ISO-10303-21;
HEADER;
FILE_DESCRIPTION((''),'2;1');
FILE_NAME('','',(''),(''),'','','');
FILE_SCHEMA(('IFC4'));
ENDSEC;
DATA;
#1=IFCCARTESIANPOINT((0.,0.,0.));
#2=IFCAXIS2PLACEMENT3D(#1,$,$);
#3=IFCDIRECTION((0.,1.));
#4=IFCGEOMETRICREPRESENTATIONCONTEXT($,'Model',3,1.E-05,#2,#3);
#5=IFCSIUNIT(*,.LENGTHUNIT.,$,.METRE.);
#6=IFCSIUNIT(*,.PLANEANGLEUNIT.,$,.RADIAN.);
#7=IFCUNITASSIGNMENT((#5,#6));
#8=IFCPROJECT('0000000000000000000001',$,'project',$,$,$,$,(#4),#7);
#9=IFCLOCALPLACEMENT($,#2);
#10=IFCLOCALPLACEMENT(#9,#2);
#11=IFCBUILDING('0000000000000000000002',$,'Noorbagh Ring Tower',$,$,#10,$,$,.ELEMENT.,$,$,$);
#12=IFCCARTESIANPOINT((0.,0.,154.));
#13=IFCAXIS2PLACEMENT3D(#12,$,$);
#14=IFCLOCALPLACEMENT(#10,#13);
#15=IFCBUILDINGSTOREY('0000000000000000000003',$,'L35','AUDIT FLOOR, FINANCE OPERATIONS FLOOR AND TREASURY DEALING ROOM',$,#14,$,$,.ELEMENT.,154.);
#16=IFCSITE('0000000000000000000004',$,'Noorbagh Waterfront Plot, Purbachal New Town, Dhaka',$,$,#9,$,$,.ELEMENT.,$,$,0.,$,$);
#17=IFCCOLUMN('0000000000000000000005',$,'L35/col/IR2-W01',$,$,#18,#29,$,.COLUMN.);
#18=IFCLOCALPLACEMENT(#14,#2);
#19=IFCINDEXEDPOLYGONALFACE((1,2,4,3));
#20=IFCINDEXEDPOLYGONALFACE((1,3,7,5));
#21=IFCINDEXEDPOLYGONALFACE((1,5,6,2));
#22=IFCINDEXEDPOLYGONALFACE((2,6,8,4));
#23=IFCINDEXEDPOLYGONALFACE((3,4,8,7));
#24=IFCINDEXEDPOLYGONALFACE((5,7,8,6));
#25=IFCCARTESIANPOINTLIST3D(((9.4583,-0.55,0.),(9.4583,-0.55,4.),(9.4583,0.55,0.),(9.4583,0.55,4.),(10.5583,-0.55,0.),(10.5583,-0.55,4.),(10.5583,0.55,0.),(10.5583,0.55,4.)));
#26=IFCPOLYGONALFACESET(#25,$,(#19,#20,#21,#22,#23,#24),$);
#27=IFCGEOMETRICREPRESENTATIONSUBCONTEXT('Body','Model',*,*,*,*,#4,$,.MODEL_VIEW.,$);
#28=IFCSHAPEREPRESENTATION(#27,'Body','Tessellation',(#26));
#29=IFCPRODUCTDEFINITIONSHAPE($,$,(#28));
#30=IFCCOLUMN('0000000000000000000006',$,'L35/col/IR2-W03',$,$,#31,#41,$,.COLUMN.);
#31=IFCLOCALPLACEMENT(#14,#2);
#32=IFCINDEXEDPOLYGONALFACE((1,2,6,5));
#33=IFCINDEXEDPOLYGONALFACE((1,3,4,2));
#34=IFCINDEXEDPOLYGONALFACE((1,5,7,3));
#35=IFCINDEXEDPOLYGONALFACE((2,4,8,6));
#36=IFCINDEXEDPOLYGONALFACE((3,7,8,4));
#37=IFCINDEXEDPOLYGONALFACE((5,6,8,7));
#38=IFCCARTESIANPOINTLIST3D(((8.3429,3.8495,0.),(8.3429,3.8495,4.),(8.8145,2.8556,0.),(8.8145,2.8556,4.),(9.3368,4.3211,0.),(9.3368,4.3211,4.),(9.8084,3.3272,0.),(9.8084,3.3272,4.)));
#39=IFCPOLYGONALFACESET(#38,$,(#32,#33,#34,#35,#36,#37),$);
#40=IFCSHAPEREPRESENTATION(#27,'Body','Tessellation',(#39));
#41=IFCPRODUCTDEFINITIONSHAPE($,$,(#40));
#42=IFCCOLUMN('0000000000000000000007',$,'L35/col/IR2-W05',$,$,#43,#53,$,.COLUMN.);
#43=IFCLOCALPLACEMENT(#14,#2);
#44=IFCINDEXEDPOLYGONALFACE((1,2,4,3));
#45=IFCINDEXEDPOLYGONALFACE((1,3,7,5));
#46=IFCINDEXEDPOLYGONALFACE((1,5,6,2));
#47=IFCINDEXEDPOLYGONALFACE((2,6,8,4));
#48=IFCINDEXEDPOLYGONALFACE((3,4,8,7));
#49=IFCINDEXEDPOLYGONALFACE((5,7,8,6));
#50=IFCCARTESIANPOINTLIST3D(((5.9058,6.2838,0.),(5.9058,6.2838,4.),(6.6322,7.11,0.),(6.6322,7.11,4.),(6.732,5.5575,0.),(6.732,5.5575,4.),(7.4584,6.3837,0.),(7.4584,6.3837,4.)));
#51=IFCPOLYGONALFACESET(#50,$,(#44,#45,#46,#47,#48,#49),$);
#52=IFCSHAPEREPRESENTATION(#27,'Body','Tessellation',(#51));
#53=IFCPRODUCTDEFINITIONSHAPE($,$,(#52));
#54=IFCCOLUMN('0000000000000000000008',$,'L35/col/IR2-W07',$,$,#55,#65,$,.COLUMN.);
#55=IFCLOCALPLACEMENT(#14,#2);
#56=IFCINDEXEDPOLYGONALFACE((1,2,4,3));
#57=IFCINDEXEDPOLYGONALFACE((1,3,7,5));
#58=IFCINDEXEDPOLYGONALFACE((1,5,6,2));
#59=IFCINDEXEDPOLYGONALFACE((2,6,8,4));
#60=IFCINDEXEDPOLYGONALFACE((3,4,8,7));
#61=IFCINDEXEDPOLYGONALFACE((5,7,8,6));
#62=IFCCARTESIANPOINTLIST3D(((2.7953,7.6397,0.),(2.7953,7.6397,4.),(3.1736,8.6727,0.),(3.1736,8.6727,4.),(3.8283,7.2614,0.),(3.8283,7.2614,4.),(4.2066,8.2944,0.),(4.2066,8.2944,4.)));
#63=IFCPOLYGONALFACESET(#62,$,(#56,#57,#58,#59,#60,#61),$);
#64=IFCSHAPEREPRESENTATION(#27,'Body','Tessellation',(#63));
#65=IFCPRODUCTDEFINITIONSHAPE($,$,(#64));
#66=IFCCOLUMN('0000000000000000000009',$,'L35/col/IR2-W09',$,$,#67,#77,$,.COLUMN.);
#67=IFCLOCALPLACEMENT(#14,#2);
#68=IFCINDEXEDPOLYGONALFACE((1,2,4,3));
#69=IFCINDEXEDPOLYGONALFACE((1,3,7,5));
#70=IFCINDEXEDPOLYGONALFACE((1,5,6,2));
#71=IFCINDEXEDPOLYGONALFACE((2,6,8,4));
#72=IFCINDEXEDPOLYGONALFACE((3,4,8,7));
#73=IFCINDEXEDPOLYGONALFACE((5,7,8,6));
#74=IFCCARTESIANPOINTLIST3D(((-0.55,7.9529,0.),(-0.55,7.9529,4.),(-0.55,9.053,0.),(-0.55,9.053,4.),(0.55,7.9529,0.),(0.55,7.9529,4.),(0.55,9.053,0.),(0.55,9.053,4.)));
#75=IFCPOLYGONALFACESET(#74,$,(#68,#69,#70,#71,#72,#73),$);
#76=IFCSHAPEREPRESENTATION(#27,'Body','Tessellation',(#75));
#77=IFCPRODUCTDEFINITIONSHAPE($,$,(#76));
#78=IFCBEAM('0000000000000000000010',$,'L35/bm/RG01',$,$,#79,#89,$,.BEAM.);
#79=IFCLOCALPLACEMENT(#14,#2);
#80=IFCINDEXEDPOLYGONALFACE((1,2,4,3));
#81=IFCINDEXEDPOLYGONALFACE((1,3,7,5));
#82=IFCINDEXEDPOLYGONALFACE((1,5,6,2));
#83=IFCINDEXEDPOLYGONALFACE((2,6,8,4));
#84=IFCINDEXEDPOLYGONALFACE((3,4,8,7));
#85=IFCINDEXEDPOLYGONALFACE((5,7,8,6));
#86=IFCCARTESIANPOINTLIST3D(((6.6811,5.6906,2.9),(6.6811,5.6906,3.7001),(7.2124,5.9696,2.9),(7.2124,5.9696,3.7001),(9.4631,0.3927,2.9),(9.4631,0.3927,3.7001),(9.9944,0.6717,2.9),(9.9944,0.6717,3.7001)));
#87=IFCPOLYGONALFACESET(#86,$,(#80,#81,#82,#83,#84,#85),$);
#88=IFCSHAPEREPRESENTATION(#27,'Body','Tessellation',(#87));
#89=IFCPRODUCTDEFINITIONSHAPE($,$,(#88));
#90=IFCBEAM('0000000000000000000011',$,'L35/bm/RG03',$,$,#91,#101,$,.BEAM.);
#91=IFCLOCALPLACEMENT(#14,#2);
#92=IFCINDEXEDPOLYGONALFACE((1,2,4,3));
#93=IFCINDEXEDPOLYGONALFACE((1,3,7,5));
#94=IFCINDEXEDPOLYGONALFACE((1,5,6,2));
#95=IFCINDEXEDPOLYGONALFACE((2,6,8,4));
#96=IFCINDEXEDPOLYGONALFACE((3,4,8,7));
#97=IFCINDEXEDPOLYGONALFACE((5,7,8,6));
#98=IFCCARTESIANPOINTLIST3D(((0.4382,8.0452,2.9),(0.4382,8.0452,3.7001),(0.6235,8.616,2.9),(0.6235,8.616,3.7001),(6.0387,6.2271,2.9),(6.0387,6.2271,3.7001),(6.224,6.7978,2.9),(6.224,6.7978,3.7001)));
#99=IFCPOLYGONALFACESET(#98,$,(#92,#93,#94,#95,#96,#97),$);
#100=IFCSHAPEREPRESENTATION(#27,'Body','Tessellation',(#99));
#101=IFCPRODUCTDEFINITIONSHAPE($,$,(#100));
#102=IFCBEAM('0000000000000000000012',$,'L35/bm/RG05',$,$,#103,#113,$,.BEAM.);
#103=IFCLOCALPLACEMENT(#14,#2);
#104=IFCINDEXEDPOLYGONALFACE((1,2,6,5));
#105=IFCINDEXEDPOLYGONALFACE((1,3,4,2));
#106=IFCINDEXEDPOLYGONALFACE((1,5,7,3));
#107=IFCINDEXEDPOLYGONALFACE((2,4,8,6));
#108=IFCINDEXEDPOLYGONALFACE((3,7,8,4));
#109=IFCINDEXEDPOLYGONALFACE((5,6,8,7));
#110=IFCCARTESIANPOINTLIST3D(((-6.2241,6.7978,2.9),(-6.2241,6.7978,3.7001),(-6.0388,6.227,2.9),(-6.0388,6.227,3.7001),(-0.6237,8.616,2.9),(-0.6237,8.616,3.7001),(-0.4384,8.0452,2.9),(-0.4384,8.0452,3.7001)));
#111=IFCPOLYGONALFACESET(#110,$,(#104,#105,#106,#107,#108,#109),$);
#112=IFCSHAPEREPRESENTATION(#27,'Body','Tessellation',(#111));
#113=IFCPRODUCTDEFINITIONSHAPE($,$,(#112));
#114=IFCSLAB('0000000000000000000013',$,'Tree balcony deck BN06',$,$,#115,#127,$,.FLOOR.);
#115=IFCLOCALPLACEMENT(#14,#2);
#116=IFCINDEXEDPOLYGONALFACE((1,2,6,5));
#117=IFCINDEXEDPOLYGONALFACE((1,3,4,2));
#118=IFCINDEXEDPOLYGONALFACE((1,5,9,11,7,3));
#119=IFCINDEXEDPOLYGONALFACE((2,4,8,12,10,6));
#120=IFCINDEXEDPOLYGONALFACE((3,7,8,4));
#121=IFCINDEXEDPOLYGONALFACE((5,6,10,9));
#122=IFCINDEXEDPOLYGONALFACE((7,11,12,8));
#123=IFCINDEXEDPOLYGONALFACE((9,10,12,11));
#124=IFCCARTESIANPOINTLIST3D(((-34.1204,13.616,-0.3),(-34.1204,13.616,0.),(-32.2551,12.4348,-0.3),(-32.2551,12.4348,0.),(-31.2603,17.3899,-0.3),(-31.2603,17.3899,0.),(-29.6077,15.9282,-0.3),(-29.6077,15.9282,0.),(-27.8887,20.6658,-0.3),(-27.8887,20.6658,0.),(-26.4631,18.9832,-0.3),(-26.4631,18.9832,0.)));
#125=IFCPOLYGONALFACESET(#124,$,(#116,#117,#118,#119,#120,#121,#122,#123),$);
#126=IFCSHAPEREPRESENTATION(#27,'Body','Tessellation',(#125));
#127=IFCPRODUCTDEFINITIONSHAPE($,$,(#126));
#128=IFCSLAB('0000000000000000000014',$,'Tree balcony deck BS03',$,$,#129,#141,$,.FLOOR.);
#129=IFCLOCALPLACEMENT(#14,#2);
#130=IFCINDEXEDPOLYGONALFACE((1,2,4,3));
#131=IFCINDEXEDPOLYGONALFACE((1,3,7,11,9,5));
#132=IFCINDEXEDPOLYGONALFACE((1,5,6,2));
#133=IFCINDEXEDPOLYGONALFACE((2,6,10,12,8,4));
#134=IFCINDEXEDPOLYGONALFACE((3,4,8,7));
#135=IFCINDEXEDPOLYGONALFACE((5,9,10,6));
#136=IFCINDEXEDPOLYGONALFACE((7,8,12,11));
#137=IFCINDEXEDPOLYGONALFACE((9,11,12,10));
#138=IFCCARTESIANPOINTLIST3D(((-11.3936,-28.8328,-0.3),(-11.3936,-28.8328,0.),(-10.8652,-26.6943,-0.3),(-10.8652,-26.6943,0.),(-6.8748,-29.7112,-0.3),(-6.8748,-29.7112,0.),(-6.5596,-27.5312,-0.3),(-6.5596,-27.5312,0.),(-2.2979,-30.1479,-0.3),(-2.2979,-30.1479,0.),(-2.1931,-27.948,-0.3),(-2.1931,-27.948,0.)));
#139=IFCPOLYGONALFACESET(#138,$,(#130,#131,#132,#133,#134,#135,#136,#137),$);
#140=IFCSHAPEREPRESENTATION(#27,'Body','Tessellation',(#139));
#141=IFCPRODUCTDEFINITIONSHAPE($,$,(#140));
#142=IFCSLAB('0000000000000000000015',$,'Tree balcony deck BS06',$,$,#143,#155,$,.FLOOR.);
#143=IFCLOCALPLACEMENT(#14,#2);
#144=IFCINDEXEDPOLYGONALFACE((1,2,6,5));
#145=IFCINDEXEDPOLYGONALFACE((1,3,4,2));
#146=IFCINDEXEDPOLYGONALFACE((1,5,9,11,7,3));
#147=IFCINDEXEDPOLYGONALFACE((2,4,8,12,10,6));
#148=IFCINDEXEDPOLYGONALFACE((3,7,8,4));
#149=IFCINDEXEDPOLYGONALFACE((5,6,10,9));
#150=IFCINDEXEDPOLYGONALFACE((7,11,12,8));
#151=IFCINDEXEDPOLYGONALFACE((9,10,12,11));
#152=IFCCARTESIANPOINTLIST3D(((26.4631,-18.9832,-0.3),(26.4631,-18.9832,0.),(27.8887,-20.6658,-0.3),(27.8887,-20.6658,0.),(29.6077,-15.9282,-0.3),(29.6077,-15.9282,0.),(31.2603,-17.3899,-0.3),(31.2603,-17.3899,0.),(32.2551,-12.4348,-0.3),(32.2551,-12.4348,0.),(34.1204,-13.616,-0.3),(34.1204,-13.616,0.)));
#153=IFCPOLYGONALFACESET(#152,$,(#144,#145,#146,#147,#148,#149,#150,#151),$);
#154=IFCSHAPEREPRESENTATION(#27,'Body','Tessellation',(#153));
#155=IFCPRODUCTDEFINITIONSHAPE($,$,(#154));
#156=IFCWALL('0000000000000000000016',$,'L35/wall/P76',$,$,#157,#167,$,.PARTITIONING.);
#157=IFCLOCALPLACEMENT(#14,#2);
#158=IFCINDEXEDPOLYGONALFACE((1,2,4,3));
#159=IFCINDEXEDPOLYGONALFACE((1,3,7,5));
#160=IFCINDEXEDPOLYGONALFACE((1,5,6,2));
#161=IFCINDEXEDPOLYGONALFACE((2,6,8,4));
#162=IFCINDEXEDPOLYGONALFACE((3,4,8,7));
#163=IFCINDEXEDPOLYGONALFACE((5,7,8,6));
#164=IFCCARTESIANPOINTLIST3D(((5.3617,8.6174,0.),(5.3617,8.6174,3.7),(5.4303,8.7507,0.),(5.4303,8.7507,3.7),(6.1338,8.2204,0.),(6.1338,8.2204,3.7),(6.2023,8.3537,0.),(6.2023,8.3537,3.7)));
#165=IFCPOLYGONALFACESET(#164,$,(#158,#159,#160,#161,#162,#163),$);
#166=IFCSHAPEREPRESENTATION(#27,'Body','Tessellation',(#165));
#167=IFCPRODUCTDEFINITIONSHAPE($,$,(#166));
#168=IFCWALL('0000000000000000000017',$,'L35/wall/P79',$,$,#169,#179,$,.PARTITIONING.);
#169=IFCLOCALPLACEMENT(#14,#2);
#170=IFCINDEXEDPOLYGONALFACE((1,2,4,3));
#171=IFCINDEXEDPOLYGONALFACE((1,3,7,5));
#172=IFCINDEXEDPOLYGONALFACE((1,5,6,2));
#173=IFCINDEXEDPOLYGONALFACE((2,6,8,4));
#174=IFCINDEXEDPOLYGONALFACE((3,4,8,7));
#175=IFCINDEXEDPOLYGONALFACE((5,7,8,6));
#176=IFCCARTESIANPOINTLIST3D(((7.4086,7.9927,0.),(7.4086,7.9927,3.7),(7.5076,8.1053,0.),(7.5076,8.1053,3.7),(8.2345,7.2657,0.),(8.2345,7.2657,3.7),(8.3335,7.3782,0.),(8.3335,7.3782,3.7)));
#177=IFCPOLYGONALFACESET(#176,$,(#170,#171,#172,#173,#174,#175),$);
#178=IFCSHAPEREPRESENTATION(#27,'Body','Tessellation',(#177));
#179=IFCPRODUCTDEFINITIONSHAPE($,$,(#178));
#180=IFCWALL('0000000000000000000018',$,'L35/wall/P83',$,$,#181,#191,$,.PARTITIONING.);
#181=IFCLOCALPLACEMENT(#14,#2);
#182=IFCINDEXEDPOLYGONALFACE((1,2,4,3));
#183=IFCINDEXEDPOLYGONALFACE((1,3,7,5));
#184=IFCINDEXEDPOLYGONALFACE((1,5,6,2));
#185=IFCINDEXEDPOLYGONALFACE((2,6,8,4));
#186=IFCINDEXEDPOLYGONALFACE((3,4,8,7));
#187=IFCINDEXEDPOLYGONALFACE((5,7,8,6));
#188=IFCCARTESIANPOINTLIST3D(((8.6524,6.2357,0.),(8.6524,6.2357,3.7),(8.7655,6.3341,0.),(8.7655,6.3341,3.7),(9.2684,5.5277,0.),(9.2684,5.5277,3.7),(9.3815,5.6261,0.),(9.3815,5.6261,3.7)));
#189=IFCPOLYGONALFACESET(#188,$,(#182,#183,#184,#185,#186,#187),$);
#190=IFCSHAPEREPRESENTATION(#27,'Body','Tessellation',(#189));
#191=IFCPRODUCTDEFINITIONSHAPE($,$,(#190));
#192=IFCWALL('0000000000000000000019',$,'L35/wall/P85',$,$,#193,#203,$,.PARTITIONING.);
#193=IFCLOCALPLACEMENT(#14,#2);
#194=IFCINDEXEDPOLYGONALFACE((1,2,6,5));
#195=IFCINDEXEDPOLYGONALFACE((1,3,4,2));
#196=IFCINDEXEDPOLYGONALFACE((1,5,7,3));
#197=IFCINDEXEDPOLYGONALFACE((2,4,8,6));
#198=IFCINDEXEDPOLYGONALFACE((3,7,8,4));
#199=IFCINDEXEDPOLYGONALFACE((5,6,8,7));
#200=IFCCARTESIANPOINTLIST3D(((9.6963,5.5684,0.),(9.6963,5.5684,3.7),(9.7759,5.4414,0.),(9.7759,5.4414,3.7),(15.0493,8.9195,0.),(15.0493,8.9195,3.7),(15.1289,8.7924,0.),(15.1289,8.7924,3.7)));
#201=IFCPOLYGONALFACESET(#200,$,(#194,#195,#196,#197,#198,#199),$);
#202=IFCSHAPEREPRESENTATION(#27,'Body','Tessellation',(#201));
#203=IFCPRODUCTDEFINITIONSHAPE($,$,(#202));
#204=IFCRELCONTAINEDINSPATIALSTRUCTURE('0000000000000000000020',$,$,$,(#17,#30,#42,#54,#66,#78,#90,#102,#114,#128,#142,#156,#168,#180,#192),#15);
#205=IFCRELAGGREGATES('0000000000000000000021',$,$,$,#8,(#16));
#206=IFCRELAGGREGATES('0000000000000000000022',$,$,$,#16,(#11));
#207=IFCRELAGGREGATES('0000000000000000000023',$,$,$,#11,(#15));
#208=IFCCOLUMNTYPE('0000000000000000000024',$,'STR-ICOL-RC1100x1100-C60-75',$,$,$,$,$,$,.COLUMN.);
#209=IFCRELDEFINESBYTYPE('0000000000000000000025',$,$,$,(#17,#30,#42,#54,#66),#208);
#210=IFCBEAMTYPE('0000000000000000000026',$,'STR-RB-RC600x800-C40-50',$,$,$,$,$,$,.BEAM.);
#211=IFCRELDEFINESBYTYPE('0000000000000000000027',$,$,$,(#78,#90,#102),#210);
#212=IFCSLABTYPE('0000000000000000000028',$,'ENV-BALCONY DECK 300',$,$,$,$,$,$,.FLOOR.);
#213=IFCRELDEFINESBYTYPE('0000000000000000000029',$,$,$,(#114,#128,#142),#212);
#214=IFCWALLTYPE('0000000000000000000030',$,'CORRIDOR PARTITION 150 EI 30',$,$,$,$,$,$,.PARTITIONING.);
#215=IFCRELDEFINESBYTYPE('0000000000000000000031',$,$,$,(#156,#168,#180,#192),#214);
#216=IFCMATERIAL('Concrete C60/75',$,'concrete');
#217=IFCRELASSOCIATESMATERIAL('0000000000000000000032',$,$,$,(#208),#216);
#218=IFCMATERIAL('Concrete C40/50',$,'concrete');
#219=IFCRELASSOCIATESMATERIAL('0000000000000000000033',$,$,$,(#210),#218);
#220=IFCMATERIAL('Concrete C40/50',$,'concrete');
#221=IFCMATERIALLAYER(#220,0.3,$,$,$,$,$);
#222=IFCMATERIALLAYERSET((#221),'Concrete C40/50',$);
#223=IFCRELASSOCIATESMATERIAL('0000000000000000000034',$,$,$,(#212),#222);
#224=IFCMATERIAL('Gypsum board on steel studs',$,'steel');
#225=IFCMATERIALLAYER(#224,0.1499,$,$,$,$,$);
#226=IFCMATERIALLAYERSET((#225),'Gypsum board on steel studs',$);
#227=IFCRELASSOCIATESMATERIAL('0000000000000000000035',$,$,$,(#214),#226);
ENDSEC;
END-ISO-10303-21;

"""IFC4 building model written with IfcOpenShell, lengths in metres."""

from ifc_helpers import new_model, si_unit, direction, frame, frame_2d, origin, origin_2d, place, context, subcontext, project, spatial, polyline, rectangle, outline, extrude, material, layer, layer_set, material_profile, profile_set, type_object, element, save


model = new_model("IFC4")

# Units and contexts
model_context = context("Model", 3, precision=1e-05, world=origin(), true_north=direction((0.0, 1.0)))
body_context = subcontext(model_context, "Body", "Model", "MODEL_VIEW")
ifc_project = project(units=[si_unit("LENGTHUNIT", "METRE"), si_unit("PLANEANGLEUNIT", "RADIAN")], contexts=[model_context])

# Site, building, storey
site_placement = place(None, origin())
site = spatial("IfcSite", under=ifc_project, at=site_placement, Name="Noorbagh Waterfront Plot, Purbachal New Town, Dhaka", CompositionType="ELEMENT", RefElevation=0.0)
building_placement = place(site_placement, origin())
building = spatial("IfcBuilding", under=site, at=building_placement, Name="Noorbagh Ring Tower", CompositionType="ELEMENT")
storey_placement = place(building_placement, frame((0.0, 0.0, 154.0)))
storey = spatial("IfcBuildingStorey", under=building, at=storey_placement, Name="L35", Description="AUDIT FLOOR, FINANCE OPERATIONS FLOOR AND TREASURY DEALING ROOM", CompositionType="ELEMENT", Elevation=154.0)

# Columns
ifc_material_1 = material(Name="Concrete C60/75", Category="concrete")
ifc_material_profile_1 = material_profile(ifc_material_1, rectangle(XDim=1.1001, YDim=1.1001, at=origin_2d()), Name="RC1100x1100")
ifc_profile_set_1 = profile_set([ifc_material_profile_1], Name="Concrete C60/75")
column_type = type_object("IfcColumnType", Name="STR-ICOL-RC1100x1100-C60-75", PredefinedType="COLUMN", material=ifc_profile_set_1)
for number, where, z_axis, x_axis, name in (
    (1, (10.0083, 0.0, 0.0), (0.0, 0.0, 1.0), (0.0, 1.0, 0.0), "L35/col/IR2-W01"),
    (2, (9.0757, 3.5884, 0.0), (0.0, 0.0, 1.0), (-0.428667, 0.903463, 0.0), "L35/col/IR2-W03"),
    (3, (6.6821, 6.3337, 0.0), (0.0, 0.0, 1.0), (-0.751022, 0.660277, 0.0), "L35/col/IR2-W05"),
    (4, (3.501, 7.967, 0.0), (0.0, 0.0, 1.0), (-0.93902, 0.343864, 0.0), "L35/col/IR2-W07"),
    (5, (0.0, 8.5029, 0.0), (0.0, 0.0, 1.0), (-1.0, 0.0, 0.0), "L35/col/IR2-W09"),
):
    element("IfcColumn", number, at=place(storey_placement, frame(where, z_axis=z_axis, x_axis=x_axis)), inside=storey, type_object=column_type, Name=name, PredefinedType="COLUMN", context=body_context, shape_type="SweptSolid", body=[
        extrude(rectangle(XDim=1.1001, YDim=1.1001, at=origin_2d()), origin(), (0.0, 0.0, 1.0), 4.0),
    ])

# Beams
ifc_material_2 = material(Name="Concrete C40/50", Category="concrete")
ifc_material_profile_2 = material_profile(ifc_material_2, rectangle(XDim=0.6001, YDim=0.8, at=origin_2d()), Name="RC600x800")
ifc_profile_set_2 = profile_set([ifc_material_profile_2], Name="Concrete C40/50")
beam_type = type_object("IfcBeamType", Name="STR-RB-RC600x800-C40-50", PredefinedType="BEAM", material=ifc_profile_set_2)
beam_placement = place(storey_placement, frame((9.7288, 0.5322, 3.3), z_axis=(-0.464914, 0.885356, 0.0), x_axis=(-0.885356, -0.464914, 0.0)))
element("IfcBeam", 6, at=beam_placement, inside=storey, type_object=beam_type, Name="L35/bm/RG01", PredefinedType="BEAM", context=body_context, shape_type="SweptSolid", body=[
    extrude(rectangle(XDim=0.6001, YDim=0.8, at=origin_2d()), origin(), (0.0, 0.0, 1.0), 5.9839),
])
for number, where, z_axis, x_axis, name in (
    (7, (6.1313, 6.5125, 3.3), (-0.951134, 0.308779, 0.0), (-0.308779, -0.951134, 0.0), "L35/bm/RG03"),
    (8, (-0.531, 8.3306, 3.3), (-0.951134, -0.308779, 0.0), (0.308779, -0.951134, 0.0), "L35/bm/RG05"),
):
    element("IfcBeam", number, at=place(storey_placement, frame(where, z_axis=z_axis, x_axis=x_axis)), inside=storey, type_object=beam_type, Name=name, PredefinedType="BEAM", context=body_context, shape_type="SweptSolid", body=[
        extrude(rectangle(XDim=0.6001, YDim=0.8, at=origin_2d()), origin(), (0.0, 0.0, 1.0), 5.8882),
    ])

# Slabs
ifc_material_3 = material(Name="Concrete C40/50", Category="concrete")
ifc_layer_1 = layer(ifc_material_3, 0.3)
ifc_layer_set_1 = layer_set([ifc_layer_1], Name="Concrete C40/50")
slab_type = type_object("IfcSlabType", Name="ENV-BALCONY DECK 300", PredefinedType="FLOOR", material=ifc_layer_set_1)
slab_1_placement = place(storey_placement, frame((0.0, 0.0, -0.3)))
element("IfcSlab", 9, at=slab_1_placement, inside=storey, type_object=slab_type, Name="Tree balcony deck BN06", PredefinedType="FLOOR", context=body_context, shape_type="SweptSolid", body=[
    extrude(outline(polyline([(-27.8887, 20.6658), (-31.2603, 17.3899), (-34.1204, 13.616), (-32.2551, 12.4348), (-29.6077, 15.9282), (-26.4631, 18.9832), (-27.8887, 20.6658)])), origin(), (0.0, 0.0, 1.0), 0.3),
])
slab_2_placement = place(storey_placement, frame((0.0, 0.0, -0.3)))
element("IfcSlab", 10, at=slab_2_placement, inside=storey, type_object=slab_type, Name="Tree balcony deck BS03", PredefinedType="FLOOR", context=body_context, shape_type="SweptSolid", body=[
    extrude(outline(polyline([(-11.3936, -28.8328), (-6.8748, -29.7112), (-2.2979, -30.1479), (-2.1931, -27.948), (-6.5596, -27.5312), (-10.8652, -26.6943), (-11.3936, -28.8328)])), origin(), (0.0, 0.0, 1.0), 0.3),
])
slab_3_placement = place(storey_placement, frame((0.0, 0.0, -0.3)))
element("IfcSlab", 11, at=slab_3_placement, inside=storey, type_object=slab_type, Name="Tree balcony deck BS06", PredefinedType="FLOOR", context=body_context, shape_type="SweptSolid", body=[
    extrude(outline(polyline([(27.8887, -20.6658), (31.2603, -17.3899), (34.1204, -13.616), (32.2551, -12.4348), (29.6077, -15.9282), (26.4631, -18.9832), (27.8887, -20.6658)])), origin(), (0.0, 0.0, 1.0), 0.3),
])

# Walls
ifc_material_4 = material(Name="Gypsum board on steel studs", Category="steel")
ifc_layer_2 = layer(ifc_material_4, 0.1499)
ifc_layer_set_2 = layer_set([ifc_layer_2], Name="Gypsum board on steel studs")
wall_type_1 = type_object("IfcWallType", Name="CORRIDOR PARTITION 150 EI 30", PredefinedType="PARTITIONING", material=ifc_layer_set_2)
wall_1_placement = place(storey_placement, frame((5.396, 8.6841, 0.0), z_axis=(0.0, 0.0, 1.0), x_axis=(0.889307, -0.45731, 0.0)))
element("IfcWall", 12, at=wall_1_placement, inside=storey, type_object=wall_type_1, Name="L35/wall/P76", PredefinedType="PARTITIONING", context=body_context, shape_type="SweptSolid", body=[
    extrude(rectangle(XDim=0.8682, YDim=0.1499, at=frame_2d((0.4341, 0.0))), origin(), (0.0, 0.0, 1.0), 3.7),
])
wall_2_placement = place(storey_placement, frame((7.458, 8.0491, 0.0), z_axis=(0.0, 0.0, 1.0), x_axis=(0.750608, -0.660748, 0.0)))
element("IfcWall", 13, at=wall_2_placement, inside=storey, type_object=wall_type_1, Name="L35/wall/P79", PredefinedType="PARTITIONING", context=body_context, shape_type="SweptSolid", body=[
    extrude(rectangle(XDim=1.1003, YDim=0.1499, at=frame_2d((0.5503, 0.0))), origin(), (0.0, 0.0, 1.0), 3.7),
])
wall_3_placement = place(storey_placement, frame((8.709, 6.2849, 0.0), z_axis=(0.0, 0.0, 1.0), x_axis=(0.656365, -0.754443, 0.0)))
element("IfcWall", 14, at=wall_3_placement, inside=storey, type_object=wall_type_1, Name="L35/wall/P83", PredefinedType="PARTITIONING", context=body_context, shape_type="SweptSolid", body=[
    extrude(rectangle(XDim=0.9385, YDim=0.1499, at=frame_2d((0.4692, 0.0))), origin(), (0.0, 0.0, 1.0), 3.7),
])
wall_4_placement = place(storey_placement, frame((9.7361, 5.5049, 0.0), z_axis=(0.0, 0.0, 1.0), x_axis=(0.847612, 0.530617, 0.0)))
element("IfcWall", 15, at=wall_4_placement, inside=storey, type_object=wall_type_1, Name="L35/wall/P85", PredefinedType="PARTITIONING", context=body_context, shape_type="SweptSolid", body=[
    extrude(rectangle(XDim=6.3154, YDim=0.1499, at=frame_2d((3.1577, 0.0))), origin(), (0.0, 0.0, 1.0), 3.7),
])

save(model, "model.ifc")
